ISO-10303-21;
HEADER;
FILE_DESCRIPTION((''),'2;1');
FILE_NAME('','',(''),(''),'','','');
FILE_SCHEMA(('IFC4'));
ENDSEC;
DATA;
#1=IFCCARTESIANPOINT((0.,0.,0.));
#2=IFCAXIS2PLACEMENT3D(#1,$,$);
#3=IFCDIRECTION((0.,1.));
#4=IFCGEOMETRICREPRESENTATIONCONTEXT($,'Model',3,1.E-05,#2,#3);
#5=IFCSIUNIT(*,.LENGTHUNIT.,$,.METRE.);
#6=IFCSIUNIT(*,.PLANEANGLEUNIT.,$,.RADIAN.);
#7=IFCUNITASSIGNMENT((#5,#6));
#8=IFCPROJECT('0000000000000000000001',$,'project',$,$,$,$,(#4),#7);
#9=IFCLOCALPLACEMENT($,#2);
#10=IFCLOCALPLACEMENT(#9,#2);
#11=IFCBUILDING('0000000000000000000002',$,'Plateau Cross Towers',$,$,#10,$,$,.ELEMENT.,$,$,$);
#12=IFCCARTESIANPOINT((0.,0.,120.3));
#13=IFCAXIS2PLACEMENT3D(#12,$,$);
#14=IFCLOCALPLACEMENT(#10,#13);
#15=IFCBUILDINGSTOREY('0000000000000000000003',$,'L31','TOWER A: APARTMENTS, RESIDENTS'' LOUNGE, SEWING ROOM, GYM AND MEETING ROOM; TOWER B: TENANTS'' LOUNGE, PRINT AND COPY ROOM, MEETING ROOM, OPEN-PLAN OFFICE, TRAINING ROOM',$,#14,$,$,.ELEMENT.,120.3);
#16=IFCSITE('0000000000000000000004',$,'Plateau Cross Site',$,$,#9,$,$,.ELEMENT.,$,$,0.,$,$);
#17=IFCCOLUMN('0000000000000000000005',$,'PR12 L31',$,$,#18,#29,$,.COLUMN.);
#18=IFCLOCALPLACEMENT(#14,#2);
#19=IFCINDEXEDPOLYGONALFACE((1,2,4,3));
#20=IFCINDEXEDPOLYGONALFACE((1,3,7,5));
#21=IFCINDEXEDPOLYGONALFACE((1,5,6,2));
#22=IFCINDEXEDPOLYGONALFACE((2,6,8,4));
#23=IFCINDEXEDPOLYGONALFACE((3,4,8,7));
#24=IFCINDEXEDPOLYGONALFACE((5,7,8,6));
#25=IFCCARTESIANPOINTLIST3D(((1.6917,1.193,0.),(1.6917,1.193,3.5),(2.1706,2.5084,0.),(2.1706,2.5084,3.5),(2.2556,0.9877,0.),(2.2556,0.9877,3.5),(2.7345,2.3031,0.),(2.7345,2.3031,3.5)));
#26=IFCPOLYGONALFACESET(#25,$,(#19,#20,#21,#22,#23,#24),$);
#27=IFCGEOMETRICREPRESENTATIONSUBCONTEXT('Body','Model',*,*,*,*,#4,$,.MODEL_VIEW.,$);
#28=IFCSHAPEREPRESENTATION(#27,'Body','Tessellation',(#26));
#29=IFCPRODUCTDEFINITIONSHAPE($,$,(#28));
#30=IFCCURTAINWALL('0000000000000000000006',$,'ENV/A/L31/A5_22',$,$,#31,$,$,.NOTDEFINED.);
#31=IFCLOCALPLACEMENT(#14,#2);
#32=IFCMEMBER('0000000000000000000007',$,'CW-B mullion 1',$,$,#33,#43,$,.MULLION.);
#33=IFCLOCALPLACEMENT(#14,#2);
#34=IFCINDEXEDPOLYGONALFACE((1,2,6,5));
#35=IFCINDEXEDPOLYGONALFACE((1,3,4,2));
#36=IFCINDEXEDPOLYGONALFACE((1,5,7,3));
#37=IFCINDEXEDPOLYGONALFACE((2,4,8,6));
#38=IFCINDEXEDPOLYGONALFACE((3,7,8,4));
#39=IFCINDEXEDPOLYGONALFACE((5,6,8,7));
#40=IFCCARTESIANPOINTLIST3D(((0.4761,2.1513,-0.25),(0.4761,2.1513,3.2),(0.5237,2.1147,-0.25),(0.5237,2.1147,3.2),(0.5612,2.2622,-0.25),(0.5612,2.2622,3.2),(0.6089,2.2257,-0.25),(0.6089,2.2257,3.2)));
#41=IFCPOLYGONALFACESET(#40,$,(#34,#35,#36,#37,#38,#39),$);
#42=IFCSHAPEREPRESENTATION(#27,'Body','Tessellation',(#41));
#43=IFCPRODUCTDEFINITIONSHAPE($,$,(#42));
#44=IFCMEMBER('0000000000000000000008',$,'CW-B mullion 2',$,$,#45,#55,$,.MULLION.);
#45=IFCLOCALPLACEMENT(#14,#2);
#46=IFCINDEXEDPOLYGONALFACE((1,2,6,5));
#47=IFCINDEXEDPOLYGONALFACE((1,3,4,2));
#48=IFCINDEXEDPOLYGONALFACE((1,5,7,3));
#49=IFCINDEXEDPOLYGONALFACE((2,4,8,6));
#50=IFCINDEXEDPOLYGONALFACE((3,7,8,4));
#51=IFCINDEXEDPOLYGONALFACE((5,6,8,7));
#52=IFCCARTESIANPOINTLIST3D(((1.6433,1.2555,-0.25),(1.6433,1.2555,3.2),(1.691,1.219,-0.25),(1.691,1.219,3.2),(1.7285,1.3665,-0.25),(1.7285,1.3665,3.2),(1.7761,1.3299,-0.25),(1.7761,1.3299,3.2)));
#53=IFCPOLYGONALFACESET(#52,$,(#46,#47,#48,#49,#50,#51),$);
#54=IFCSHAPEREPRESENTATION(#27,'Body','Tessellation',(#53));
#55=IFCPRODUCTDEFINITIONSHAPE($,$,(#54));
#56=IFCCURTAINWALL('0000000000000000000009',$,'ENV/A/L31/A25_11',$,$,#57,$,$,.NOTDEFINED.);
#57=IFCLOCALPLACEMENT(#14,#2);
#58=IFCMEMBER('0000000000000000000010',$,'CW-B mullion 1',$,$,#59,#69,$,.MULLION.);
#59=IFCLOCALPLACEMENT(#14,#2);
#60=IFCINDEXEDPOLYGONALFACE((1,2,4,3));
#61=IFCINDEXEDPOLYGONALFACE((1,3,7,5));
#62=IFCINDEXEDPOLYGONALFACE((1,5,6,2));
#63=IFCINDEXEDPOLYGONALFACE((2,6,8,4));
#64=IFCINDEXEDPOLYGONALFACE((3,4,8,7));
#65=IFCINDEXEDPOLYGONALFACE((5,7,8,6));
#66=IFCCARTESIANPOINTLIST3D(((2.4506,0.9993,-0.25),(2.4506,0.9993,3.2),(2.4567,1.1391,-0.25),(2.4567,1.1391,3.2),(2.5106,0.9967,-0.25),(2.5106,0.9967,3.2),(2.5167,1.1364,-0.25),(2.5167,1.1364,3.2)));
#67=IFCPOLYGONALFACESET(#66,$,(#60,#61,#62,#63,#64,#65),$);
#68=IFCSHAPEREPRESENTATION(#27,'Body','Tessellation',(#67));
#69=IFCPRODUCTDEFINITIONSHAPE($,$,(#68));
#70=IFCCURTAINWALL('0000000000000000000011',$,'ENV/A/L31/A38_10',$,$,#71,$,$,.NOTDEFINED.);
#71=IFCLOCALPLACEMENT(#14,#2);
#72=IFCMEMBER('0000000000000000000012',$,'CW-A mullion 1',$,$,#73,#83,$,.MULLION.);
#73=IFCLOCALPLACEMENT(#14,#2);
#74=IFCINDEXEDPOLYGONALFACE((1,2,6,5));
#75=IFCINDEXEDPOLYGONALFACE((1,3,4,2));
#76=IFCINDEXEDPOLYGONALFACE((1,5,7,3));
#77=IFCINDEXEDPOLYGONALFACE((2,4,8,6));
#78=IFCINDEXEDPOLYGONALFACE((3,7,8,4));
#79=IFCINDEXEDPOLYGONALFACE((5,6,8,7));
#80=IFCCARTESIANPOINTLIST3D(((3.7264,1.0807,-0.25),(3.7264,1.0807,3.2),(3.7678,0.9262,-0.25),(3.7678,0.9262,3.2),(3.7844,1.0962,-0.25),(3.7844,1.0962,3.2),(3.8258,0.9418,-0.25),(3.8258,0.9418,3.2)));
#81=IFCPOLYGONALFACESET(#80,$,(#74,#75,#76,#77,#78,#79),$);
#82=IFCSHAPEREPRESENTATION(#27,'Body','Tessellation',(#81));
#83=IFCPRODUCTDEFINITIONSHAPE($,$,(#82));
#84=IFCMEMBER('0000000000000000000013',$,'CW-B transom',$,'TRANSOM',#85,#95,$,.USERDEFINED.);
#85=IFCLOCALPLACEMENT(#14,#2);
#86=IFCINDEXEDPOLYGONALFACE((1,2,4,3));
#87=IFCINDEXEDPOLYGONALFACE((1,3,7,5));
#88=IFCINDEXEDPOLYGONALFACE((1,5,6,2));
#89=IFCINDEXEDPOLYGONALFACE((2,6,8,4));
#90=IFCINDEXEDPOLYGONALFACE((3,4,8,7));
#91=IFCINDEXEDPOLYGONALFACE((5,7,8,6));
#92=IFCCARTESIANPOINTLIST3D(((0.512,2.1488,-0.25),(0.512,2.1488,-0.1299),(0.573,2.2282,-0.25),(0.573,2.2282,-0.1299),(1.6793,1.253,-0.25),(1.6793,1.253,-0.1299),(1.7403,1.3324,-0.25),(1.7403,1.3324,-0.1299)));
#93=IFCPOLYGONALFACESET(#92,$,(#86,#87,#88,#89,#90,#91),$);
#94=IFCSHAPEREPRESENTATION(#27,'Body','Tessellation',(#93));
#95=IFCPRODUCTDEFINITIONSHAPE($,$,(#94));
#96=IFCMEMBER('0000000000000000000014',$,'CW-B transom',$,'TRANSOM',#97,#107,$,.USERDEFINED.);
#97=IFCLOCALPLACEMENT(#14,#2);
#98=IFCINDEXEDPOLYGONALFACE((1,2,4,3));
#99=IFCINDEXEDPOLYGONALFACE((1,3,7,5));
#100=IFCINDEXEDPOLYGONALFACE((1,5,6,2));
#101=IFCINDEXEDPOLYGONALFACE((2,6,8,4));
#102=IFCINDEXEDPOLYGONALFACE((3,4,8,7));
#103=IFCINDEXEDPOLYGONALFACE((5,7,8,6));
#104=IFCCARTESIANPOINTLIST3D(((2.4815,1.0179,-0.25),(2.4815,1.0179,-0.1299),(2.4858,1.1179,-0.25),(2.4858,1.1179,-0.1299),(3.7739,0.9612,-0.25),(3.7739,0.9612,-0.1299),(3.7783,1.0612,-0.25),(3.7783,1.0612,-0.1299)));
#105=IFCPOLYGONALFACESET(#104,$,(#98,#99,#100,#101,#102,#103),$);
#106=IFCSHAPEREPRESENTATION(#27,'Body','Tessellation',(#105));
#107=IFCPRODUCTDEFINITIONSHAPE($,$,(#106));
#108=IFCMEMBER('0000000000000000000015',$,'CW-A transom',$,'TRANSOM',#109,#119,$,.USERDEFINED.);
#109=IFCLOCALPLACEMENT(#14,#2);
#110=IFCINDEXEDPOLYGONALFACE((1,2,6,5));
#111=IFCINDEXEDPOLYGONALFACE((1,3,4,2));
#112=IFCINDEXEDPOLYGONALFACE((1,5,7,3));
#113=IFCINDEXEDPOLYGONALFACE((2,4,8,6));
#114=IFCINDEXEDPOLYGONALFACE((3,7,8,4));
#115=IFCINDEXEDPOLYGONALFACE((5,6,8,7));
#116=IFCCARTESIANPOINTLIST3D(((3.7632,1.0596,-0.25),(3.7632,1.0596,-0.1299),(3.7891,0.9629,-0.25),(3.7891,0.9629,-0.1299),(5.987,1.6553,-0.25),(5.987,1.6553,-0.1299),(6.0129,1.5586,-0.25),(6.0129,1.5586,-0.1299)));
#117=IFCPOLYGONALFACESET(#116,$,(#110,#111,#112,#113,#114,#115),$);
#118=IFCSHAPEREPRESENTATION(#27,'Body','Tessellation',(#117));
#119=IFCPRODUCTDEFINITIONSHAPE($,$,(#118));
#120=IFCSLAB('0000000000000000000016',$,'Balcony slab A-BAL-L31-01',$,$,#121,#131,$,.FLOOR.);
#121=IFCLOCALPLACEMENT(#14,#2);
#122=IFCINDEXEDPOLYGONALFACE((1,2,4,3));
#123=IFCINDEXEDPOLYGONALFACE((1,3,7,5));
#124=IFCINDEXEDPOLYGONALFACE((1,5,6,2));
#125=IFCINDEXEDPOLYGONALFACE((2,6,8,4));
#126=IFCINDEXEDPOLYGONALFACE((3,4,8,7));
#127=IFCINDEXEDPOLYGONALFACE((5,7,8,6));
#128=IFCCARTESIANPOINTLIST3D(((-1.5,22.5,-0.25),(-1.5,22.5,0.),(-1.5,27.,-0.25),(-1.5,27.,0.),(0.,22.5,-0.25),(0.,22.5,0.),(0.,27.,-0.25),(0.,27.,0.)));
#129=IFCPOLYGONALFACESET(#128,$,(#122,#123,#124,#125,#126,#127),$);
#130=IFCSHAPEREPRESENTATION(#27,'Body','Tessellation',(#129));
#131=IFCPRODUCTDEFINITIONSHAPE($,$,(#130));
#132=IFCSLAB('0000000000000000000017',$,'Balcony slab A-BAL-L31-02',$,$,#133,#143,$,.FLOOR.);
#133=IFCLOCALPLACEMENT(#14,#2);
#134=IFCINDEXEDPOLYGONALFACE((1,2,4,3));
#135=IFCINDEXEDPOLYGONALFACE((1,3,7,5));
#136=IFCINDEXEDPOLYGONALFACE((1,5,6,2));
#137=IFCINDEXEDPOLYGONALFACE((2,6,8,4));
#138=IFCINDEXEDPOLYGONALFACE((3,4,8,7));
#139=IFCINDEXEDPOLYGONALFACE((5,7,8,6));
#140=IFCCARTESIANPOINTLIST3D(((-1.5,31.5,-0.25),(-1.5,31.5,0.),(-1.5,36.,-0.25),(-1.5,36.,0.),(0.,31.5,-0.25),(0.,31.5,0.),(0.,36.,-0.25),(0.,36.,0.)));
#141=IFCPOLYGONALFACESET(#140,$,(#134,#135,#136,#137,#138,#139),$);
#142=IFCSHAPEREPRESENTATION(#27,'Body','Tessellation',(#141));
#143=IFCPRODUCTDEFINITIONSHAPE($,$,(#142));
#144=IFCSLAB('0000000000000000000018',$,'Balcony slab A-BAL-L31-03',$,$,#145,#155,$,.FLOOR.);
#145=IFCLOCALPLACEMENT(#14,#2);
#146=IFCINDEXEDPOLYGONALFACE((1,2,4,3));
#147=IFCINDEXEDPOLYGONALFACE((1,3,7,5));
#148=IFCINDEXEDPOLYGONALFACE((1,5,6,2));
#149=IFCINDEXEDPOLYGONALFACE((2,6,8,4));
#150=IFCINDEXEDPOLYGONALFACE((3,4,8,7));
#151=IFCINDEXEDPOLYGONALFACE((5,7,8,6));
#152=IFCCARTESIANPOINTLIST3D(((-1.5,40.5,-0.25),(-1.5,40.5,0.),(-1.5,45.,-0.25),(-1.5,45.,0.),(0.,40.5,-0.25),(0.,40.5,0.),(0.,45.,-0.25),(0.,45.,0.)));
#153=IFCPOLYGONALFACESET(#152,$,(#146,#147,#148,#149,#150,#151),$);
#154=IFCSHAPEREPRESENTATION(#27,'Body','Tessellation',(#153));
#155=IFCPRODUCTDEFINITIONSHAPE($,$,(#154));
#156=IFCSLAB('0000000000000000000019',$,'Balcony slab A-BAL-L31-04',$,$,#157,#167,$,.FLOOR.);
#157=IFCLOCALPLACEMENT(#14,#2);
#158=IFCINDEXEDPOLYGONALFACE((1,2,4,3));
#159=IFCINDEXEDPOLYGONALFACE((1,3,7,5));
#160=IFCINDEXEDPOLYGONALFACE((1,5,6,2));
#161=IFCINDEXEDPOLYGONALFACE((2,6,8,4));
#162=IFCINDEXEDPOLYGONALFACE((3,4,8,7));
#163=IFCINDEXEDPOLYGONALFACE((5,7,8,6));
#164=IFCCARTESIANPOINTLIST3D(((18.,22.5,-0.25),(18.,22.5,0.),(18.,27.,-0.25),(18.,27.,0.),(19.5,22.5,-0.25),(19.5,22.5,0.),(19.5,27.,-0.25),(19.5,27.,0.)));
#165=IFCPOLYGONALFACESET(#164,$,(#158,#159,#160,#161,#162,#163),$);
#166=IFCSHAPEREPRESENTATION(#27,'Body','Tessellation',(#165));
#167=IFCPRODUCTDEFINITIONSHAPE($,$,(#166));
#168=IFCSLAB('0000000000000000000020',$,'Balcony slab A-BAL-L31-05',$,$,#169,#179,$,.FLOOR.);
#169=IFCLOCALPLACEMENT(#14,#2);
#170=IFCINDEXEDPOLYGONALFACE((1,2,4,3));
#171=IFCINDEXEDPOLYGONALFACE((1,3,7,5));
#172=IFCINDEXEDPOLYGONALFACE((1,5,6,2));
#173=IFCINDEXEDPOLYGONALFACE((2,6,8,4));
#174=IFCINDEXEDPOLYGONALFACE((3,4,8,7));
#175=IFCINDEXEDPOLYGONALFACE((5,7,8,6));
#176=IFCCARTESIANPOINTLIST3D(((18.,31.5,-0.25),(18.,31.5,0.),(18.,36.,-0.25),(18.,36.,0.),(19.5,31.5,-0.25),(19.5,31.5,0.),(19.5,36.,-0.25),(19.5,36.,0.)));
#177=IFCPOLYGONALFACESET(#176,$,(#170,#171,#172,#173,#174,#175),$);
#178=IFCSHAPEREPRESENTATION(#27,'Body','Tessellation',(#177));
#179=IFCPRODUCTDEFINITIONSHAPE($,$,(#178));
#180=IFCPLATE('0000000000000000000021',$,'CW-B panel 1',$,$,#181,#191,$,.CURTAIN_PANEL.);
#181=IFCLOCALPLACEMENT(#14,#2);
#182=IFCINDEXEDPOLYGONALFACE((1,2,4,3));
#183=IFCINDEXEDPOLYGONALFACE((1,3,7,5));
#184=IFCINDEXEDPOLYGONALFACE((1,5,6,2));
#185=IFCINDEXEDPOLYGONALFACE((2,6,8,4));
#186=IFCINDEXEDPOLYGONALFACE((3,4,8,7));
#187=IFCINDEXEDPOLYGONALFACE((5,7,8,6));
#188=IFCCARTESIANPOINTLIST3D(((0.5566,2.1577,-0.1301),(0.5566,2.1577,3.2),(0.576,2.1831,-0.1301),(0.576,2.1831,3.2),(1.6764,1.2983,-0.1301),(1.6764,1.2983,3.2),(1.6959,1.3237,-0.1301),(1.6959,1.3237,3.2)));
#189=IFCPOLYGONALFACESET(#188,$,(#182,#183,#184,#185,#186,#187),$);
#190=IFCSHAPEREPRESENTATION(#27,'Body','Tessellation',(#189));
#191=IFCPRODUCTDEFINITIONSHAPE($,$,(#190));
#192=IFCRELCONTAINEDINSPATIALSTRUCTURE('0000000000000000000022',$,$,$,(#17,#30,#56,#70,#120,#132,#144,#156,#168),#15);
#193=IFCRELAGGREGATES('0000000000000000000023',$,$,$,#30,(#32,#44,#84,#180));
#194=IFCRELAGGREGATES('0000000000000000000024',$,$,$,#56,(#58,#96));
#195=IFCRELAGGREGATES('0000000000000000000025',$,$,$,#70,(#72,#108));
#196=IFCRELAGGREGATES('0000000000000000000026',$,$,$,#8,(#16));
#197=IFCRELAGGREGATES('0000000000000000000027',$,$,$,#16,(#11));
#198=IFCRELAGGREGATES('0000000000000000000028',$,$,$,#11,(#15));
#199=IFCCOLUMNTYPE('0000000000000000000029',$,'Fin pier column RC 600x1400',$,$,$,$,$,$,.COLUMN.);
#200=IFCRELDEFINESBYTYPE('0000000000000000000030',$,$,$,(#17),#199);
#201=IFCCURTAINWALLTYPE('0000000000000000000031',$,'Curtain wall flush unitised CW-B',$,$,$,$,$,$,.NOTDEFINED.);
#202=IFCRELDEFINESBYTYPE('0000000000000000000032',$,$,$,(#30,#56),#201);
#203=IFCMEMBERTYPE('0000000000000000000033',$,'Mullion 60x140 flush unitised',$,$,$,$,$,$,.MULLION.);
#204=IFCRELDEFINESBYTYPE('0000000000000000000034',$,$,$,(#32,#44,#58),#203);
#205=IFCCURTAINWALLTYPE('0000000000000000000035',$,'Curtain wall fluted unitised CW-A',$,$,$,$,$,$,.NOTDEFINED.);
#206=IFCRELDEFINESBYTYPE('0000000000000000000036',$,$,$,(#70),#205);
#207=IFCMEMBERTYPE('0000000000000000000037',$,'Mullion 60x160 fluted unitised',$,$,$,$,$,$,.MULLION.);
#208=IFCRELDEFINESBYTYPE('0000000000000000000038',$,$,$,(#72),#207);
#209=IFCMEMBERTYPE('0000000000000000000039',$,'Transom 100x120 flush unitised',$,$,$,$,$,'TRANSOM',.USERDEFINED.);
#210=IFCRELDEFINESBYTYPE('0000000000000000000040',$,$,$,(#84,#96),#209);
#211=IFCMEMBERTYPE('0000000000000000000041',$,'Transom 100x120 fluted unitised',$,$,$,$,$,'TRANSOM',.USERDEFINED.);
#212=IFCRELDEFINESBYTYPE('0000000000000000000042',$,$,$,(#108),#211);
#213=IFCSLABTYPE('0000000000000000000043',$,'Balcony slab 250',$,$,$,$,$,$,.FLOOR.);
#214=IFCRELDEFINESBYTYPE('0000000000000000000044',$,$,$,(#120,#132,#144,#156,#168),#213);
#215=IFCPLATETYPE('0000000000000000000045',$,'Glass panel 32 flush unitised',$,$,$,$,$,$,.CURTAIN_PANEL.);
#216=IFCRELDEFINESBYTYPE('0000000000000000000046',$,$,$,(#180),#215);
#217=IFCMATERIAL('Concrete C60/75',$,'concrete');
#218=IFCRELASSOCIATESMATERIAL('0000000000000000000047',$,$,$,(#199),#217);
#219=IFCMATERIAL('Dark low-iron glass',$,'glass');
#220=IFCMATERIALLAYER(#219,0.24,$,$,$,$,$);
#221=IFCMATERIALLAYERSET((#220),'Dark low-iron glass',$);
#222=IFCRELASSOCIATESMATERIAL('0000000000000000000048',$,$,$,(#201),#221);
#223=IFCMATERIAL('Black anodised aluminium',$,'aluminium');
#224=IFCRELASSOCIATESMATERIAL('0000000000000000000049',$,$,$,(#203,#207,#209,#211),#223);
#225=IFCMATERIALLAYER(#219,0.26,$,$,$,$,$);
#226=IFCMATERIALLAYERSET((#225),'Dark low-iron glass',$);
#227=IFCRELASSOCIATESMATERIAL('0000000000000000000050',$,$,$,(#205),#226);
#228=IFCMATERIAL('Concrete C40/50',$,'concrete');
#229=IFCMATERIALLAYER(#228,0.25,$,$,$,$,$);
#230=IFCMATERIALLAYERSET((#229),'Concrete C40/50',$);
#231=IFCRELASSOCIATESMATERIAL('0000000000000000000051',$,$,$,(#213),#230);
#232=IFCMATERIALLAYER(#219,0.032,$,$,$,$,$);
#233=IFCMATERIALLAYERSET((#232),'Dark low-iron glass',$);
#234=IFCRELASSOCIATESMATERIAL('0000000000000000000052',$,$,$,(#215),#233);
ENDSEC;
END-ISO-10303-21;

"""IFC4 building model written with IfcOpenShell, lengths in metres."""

from ifc_helpers import new_model, si_unit, direction, frame, origin, origin_2d, place, context, subcontext, project, spatial, polyline, rectangle, outline, extrude, material, layer, layer_set, material_profile, profile_set, type_object, element, aggregate, save


model = new_model("IFC4")

# Units and contexts
model_context = context("Model", 3, precision=1e-05, world=origin(), true_north=direction((0.0, 1.0)))
body_context = subcontext(model_context, "Body", "Model", "MODEL_VIEW")
ifc_project = project(units=[si_unit("LENGTHUNIT", "METRE"), si_unit("PLANEANGLEUNIT", "RADIAN")], contexts=[model_context])

# Site, building, storey
site_placement = place(None, origin())
site = spatial("IfcSite", under=ifc_project, at=site_placement, Name="Plateau Cross Site", CompositionType="ELEMENT", RefElevation=0.0)
building_placement = place(site_placement, origin())
building = spatial("IfcBuilding", under=site, at=building_placement, Name="Plateau Cross Towers", CompositionType="ELEMENT")
storey_placement = place(building_placement, frame((0.0, 0.0, 120.3)))
storey = spatial("IfcBuildingStorey", under=building, at=storey_placement, Name="L31", Description="TOWER A: APARTMENTS, RESIDENTS' LOUNGE, SEWING ROOM, GYM AND MEETING ROOM; TOWER B: TENANTS' LOUNGE, PRINT AND COPY ROOM, MEETING ROOM, OPEN-PLAN OFFICE, TRAINING ROOM", CompositionType="ELEMENT", Elevation=120.3)

# Column
ifc_material_1 = material(Name="Concrete C60/75", Category="concrete")
ifc_material_profile_1 = material_profile(ifc_material_1, rectangle(XDim=0.6001, YDim=1.3999, at=origin_2d()), Name="RC 600x1400")
ifc_profile_set_1 = profile_set([ifc_material_profile_1], Name="Concrete C60/75")
column_type = type_object("IfcColumnType", Name="Fin pier column RC 600x1400", PredefinedType="COLUMN", material=ifc_profile_set_1)
column_placement = place(storey_placement, frame((2.2131, 1.748, 0.0), z_axis=(0.0, 0.0, 1.0), x_axis=(-0.939664, 0.342098, 0.0)))
element("IfcColumn", 1, at=column_placement, inside=storey, type_object=column_type, Name="PR12 L31", PredefinedType="COLUMN", context=body_context, shape_type="SweptSolid", body=[
    extrude(rectangle(XDim=0.6001, YDim=1.3999, at=origin_2d()), origin(), (0.0, 0.0, 1.0), 3.5),
])

# Curtain wall, members
ifc_material_2 = material(Name="Dark low-iron glass", Category="glass")
ifc_layer_1 = layer(ifc_material_2, 0.24)
ifc_layer_set_1 = layer_set([ifc_layer_1], Name="Dark low-iron glass")
curtain_wall_type_1 = type_object("IfcCurtainWallType", Name="Curtain wall flush unitised CW-B", PredefinedType="NOTDEFINED", material=ifc_layer_set_1)
curtain_wall_1_placement = place(storey_placement, origin())
curtain_wall_1 = element("IfcCurtainWall", 2, at=curtain_wall_1_placement, inside=storey, type_object=curtain_wall_type_1, Name="ENV/A/L31/A5_22", PredefinedType="NOTDEFINED")
ifc_material_3 = material(Name="Black anodised aluminium", Category="aluminium")
ifc_material_profile_2 = material_profile(ifc_material_3, rectangle(XDim=0.0601, YDim=0.1399, at=origin_2d()), Name="MULLION 60x140")
ifc_profile_set_2 = profile_set([ifc_material_profile_2], Name="Black anodised aluminium")
member_type_1 = type_object("IfcMemberType", Name="Mullion 60x140 flush unitised", PredefinedType="MULLION", material=ifc_profile_set_2)
member_1_placement = place(storey_placement, frame((0.5425, 2.1885, -0.25), z_axis=(0.0, 0.0, 1.0), x_axis=(0.793316, -0.608811, 0.0)))
member_1 = element("IfcMember", 3, at=member_1_placement, type_object=member_type_1, Name="CW-B mullion 1", PredefinedType="MULLION", context=body_context, shape_type="SweptSolid", body=[
    extrude(rectangle(XDim=0.0601, YDim=0.1399, at=origin_2d()), origin(), (0.0, 0.0, 1.0), 3.45),
])
member_2_placement = place(storey_placement, frame((1.7097, 1.2927, -0.25), z_axis=(0.0, 0.0, 1.0), x_axis=(0.793316, -0.608811, 0.0)))
member_2 = element("IfcMember", 4, at=member_2_placement, type_object=member_type_1, Name="CW-B mullion 2", PredefinedType="MULLION", context=body_context, shape_type="SweptSolid", body=[
    extrude(rectangle(XDim=0.0601, YDim=0.1399, at=origin_2d()), origin(), (0.0, 0.0, 1.0), 3.45),
])

# Curtain walls, members
curtain_wall_2_placement = place(storey_placement, origin())
curtain_wall_2 = element("IfcCurtainWall", 5, at=curtain_wall_2_placement, inside=storey, type_object=curtain_wall_type_1, Name="ENV/A/L31/A25_11", PredefinedType="NOTDEFINED")
member_3_placement = place(storey_placement, frame((2.4836, 1.0679, -0.25), z_axis=(0.0, 0.0, 1.0), x_axis=(0.999044, -0.043723, 0.0)))
member_3 = element("IfcMember", 6, at=member_3_placement, type_object=member_type_1, Name="CW-B mullion 1", PredefinedType="MULLION", context=body_context, shape_type="SweptSolid", body=[
    extrude(rectangle(XDim=0.0601, YDim=0.1399, at=origin_2d()), origin(), (0.0, 0.0, 1.0), 3.45),
])
ifc_layer_2 = layer(ifc_material_2, 0.26)
ifc_layer_set_2 = layer_set([ifc_layer_2], Name="Dark low-iron glass")
curtain_wall_type_2 = type_object("IfcCurtainWallType", Name="Curtain wall fluted unitised CW-A", PredefinedType="NOTDEFINED", material=ifc_layer_set_2)
curtain_wall_3_placement = place(storey_placement, origin())
curtain_wall_3 = element("IfcCurtainWall", 7, at=curtain_wall_3_placement, inside=storey, type_object=curtain_wall_type_2, Name="ENV/A/L31/A38_10", PredefinedType="NOTDEFINED")
ifc_material_profile_3 = material_profile(ifc_material_3, rectangle(XDim=0.0601, YDim=0.1599, at=origin_2d()), Name="MULLION 60x160")
ifc_profile_set_3 = profile_set([ifc_material_profile_3], Name="Black anodised aluminium")
member_type_2 = type_object("IfcMemberType", Name="Mullion 60x160 fluted unitised", PredefinedType="MULLION", material=ifc_profile_set_3)
member_4_placement = place(storey_placement, frame((3.7761, 1.0112, -0.25), z_axis=(0.0, 0.0, 1.0), x_axis=(0.965958, 0.258699, 0.0)))
member_4 = element("IfcMember", 8, at=member_4_placement, type_object=member_type_2, Name="CW-A mullion 1", PredefinedType="MULLION", context=body_context, shape_type="SweptSolid", body=[
    extrude(rectangle(XDim=0.0601, YDim=0.1599, at=origin_2d()), origin(), (0.0, 0.0, 1.0), 3.45),
])

# Members
ifc_material_profile_4 = material_profile(ifc_material_3, rectangle(XDim=0.1001, YDim=0.1201, at=origin_2d()), Name="TRANSOM 100x120")
ifc_profile_set_4 = profile_set([ifc_material_profile_4], Name="Black anodised aluminium")
member_type_3 = type_object("IfcMemberType", Name="Transom 100x120 flush unitised", ElementType="TRANSOM", PredefinedType="USERDEFINED", material=ifc_profile_set_4)
member_5_placement = place(storey_placement, frame((0.5425, 2.1885, -0.1899), z_axis=(0.793321, -0.608804, 0.0), x_axis=(0.608804, 0.793321, 0.0)))
member_5 = element("IfcMember", 9, at=member_5_placement, type_object=member_type_3, Name="CW-B transom", ObjectType="TRANSOM", PredefinedType="USERDEFINED", context=body_context, shape_type="SweptSolid", body=[
    extrude(rectangle(XDim=0.1001, YDim=0.1201, at=origin_2d()), origin(), (0.0, 0.0, 1.0), 1.4714),
])
member_6_placement = place(storey_placement, frame((2.4836, 1.0679, -0.1899), z_axis=(0.999041, -0.043781, 0.0), x_axis=(0.043781, 0.999041, 0.0)))
member_6 = element("IfcMember", 10, at=member_6_placement, type_object=member_type_3, Name="CW-B transom", ObjectType="TRANSOM", PredefinedType="USERDEFINED", context=body_context, shape_type="SweptSolid", body=[
    extrude(rectangle(XDim=0.1001, YDim=0.1201, at=origin_2d()), origin(), (0.0, 0.0, 1.0), 1.2937),
])
ifc_material_profile_5 = material_profile(ifc_material_3, rectangle(XDim=0.1001, YDim=0.1201, at=origin_2d()), Name="TRANSOM 100x120")
ifc_profile_set_5 = profile_set([ifc_material_profile_5], Name="Black anodised aluminium")
member_type_4 = type_object("IfcMemberType", Name="Transom 100x120 fluted unitised", ElementType="TRANSOM", PredefinedType="USERDEFINED", material=ifc_profile_set_5)
member_7_placement = place(storey_placement, frame((3.7761, 1.0112, -0.1899), z_axis=(0.965946, 0.258745, 0.0), x_axis=(-0.258745, 0.965946, 0.0)))
member_7 = element("IfcMember", 11, at=member_7_placement, type_object=member_type_4, Name="CW-A transom", ObjectType="TRANSOM", PredefinedType="USERDEFINED", context=body_context, shape_type="SweptSolid", body=[
    extrude(rectangle(XDim=0.1001, YDim=0.1201, at=origin_2d()), origin(), (0.0, 0.0, 1.0), 2.3022),
])

# Slabs
ifc_material_4 = material(Name="Concrete C40/50", Category="concrete")
ifc_layer_3 = layer(ifc_material_4, 0.25)
ifc_layer_set_3 = layer_set([ifc_layer_3], Name="Concrete C40/50")
slab_type_1 = type_object("IfcSlabType", Name="Balcony slab 250", PredefinedType="FLOOR", material=ifc_layer_set_3)
slab_1_placement = place(storey_placement, frame((0.0, 0.0, -0.25)))
element("IfcSlab", 12, at=slab_1_placement, inside=storey, type_object=slab_type_1, Name="Balcony slab A-BAL-L31-01", PredefinedType="FLOOR", context=body_context, shape_type="SweptSolid", body=[
    extrude(outline(polyline([(0.0, 22.5), (0.0, 27.0), (-1.5, 27.0), (-1.5, 22.5), (0.0, 22.5)])), origin(), (0.0, 0.0, 1.0), 0.25),
])
slab_2_placement = place(storey_placement, frame((0.0, 0.0, -0.25)))
element("IfcSlab", 13, at=slab_2_placement, inside=storey, type_object=slab_type_1, Name="Balcony slab A-BAL-L31-02", PredefinedType="FLOOR", context=body_context, shape_type="SweptSolid", body=[
    extrude(outline(polyline([(0.0, 31.5), (0.0, 36.0), (-1.5, 36.0), (-1.5, 31.5), (0.0, 31.5)])), origin(), (0.0, 0.0, 1.0), 0.25),
])
slab_3_placement = place(storey_placement, frame((0.0, 0.0, -0.25)))
element("IfcSlab", 14, at=slab_3_placement, inside=storey, type_object=slab_type_1, Name="Balcony slab A-BAL-L31-03", PredefinedType="FLOOR", context=body_context, shape_type="SweptSolid", body=[
    extrude(outline(polyline([(0.0, 40.5), (0.0, 45.0), (-1.5, 45.0), (-1.5, 40.5), (0.0, 40.5)])), origin(), (0.0, 0.0, 1.0), 0.25),
])
slab_4_placement = place(storey_placement, frame((0.0, 0.0, -0.25)))
element("IfcSlab", 15, at=slab_4_placement, inside=storey, type_object=slab_type_1, Name="Balcony slab A-BAL-L31-04", PredefinedType="FLOOR", context=body_context, shape_type="SweptSolid", body=[
    extrude(outline(polyline([(19.5, 22.5), (19.5, 27.0), (18.0, 27.0), (18.0, 22.5), (19.5, 22.5)])), origin(), (0.0, 0.0, 1.0), 0.25),
])
slab_5_placement = place(storey_placement, frame((0.0, 0.0, -0.25)))
element("IfcSlab", 16, at=slab_5_placement, inside=storey, type_object=slab_type_1, Name="Balcony slab A-BAL-L31-05", PredefinedType="FLOOR", context=body_context, shape_type="SweptSolid", body=[
    extrude(outline(polyline([(19.5, 31.5), (19.5, 36.0), (18.0, 36.0), (18.0, 31.5), (19.5, 31.5)])), origin(), (0.0, 0.0, 1.0), 0.25),
])

# Plate
ifc_layer_4 = layer(ifc_material_2, 0.032)
ifc_layer_set_4 = layer_set([ifc_layer_4], Name="Dark low-iron glass")
plate_type_1 = type_object("IfcPlateType", Name="Glass panel 32 flush unitised", PredefinedType="CURTAIN_PANEL", material=ifc_layer_set_4)
plate_1_placement = place(storey_placement, frame((1.1262, 1.7407, -0.1301), z_axis=(0.0, 0.0, 1.0), x_axis=(0.793316, -0.608811, 0.0)))
plate_1 = element("IfcPlate", 17, at=plate_1_placement, type_object=plate_type_1, Name="CW-B panel 1", PredefinedType="CURTAIN_PANEL", context=body_context, shape_type="SweptSolid", body=[
    extrude(rectangle(XDim=1.4116, YDim=0.032, at=origin_2d()), origin(), (0.0, 0.0, 1.0), 3.3301),
])
aggregate(curtain_wall_1, [member_1, member_2, member_5, plate_1])
aggregate(curtain_wall_2, [member_3, member_6])
aggregate(curtain_wall_3, [member_4, member_7])

save(model, "model.ifc")
